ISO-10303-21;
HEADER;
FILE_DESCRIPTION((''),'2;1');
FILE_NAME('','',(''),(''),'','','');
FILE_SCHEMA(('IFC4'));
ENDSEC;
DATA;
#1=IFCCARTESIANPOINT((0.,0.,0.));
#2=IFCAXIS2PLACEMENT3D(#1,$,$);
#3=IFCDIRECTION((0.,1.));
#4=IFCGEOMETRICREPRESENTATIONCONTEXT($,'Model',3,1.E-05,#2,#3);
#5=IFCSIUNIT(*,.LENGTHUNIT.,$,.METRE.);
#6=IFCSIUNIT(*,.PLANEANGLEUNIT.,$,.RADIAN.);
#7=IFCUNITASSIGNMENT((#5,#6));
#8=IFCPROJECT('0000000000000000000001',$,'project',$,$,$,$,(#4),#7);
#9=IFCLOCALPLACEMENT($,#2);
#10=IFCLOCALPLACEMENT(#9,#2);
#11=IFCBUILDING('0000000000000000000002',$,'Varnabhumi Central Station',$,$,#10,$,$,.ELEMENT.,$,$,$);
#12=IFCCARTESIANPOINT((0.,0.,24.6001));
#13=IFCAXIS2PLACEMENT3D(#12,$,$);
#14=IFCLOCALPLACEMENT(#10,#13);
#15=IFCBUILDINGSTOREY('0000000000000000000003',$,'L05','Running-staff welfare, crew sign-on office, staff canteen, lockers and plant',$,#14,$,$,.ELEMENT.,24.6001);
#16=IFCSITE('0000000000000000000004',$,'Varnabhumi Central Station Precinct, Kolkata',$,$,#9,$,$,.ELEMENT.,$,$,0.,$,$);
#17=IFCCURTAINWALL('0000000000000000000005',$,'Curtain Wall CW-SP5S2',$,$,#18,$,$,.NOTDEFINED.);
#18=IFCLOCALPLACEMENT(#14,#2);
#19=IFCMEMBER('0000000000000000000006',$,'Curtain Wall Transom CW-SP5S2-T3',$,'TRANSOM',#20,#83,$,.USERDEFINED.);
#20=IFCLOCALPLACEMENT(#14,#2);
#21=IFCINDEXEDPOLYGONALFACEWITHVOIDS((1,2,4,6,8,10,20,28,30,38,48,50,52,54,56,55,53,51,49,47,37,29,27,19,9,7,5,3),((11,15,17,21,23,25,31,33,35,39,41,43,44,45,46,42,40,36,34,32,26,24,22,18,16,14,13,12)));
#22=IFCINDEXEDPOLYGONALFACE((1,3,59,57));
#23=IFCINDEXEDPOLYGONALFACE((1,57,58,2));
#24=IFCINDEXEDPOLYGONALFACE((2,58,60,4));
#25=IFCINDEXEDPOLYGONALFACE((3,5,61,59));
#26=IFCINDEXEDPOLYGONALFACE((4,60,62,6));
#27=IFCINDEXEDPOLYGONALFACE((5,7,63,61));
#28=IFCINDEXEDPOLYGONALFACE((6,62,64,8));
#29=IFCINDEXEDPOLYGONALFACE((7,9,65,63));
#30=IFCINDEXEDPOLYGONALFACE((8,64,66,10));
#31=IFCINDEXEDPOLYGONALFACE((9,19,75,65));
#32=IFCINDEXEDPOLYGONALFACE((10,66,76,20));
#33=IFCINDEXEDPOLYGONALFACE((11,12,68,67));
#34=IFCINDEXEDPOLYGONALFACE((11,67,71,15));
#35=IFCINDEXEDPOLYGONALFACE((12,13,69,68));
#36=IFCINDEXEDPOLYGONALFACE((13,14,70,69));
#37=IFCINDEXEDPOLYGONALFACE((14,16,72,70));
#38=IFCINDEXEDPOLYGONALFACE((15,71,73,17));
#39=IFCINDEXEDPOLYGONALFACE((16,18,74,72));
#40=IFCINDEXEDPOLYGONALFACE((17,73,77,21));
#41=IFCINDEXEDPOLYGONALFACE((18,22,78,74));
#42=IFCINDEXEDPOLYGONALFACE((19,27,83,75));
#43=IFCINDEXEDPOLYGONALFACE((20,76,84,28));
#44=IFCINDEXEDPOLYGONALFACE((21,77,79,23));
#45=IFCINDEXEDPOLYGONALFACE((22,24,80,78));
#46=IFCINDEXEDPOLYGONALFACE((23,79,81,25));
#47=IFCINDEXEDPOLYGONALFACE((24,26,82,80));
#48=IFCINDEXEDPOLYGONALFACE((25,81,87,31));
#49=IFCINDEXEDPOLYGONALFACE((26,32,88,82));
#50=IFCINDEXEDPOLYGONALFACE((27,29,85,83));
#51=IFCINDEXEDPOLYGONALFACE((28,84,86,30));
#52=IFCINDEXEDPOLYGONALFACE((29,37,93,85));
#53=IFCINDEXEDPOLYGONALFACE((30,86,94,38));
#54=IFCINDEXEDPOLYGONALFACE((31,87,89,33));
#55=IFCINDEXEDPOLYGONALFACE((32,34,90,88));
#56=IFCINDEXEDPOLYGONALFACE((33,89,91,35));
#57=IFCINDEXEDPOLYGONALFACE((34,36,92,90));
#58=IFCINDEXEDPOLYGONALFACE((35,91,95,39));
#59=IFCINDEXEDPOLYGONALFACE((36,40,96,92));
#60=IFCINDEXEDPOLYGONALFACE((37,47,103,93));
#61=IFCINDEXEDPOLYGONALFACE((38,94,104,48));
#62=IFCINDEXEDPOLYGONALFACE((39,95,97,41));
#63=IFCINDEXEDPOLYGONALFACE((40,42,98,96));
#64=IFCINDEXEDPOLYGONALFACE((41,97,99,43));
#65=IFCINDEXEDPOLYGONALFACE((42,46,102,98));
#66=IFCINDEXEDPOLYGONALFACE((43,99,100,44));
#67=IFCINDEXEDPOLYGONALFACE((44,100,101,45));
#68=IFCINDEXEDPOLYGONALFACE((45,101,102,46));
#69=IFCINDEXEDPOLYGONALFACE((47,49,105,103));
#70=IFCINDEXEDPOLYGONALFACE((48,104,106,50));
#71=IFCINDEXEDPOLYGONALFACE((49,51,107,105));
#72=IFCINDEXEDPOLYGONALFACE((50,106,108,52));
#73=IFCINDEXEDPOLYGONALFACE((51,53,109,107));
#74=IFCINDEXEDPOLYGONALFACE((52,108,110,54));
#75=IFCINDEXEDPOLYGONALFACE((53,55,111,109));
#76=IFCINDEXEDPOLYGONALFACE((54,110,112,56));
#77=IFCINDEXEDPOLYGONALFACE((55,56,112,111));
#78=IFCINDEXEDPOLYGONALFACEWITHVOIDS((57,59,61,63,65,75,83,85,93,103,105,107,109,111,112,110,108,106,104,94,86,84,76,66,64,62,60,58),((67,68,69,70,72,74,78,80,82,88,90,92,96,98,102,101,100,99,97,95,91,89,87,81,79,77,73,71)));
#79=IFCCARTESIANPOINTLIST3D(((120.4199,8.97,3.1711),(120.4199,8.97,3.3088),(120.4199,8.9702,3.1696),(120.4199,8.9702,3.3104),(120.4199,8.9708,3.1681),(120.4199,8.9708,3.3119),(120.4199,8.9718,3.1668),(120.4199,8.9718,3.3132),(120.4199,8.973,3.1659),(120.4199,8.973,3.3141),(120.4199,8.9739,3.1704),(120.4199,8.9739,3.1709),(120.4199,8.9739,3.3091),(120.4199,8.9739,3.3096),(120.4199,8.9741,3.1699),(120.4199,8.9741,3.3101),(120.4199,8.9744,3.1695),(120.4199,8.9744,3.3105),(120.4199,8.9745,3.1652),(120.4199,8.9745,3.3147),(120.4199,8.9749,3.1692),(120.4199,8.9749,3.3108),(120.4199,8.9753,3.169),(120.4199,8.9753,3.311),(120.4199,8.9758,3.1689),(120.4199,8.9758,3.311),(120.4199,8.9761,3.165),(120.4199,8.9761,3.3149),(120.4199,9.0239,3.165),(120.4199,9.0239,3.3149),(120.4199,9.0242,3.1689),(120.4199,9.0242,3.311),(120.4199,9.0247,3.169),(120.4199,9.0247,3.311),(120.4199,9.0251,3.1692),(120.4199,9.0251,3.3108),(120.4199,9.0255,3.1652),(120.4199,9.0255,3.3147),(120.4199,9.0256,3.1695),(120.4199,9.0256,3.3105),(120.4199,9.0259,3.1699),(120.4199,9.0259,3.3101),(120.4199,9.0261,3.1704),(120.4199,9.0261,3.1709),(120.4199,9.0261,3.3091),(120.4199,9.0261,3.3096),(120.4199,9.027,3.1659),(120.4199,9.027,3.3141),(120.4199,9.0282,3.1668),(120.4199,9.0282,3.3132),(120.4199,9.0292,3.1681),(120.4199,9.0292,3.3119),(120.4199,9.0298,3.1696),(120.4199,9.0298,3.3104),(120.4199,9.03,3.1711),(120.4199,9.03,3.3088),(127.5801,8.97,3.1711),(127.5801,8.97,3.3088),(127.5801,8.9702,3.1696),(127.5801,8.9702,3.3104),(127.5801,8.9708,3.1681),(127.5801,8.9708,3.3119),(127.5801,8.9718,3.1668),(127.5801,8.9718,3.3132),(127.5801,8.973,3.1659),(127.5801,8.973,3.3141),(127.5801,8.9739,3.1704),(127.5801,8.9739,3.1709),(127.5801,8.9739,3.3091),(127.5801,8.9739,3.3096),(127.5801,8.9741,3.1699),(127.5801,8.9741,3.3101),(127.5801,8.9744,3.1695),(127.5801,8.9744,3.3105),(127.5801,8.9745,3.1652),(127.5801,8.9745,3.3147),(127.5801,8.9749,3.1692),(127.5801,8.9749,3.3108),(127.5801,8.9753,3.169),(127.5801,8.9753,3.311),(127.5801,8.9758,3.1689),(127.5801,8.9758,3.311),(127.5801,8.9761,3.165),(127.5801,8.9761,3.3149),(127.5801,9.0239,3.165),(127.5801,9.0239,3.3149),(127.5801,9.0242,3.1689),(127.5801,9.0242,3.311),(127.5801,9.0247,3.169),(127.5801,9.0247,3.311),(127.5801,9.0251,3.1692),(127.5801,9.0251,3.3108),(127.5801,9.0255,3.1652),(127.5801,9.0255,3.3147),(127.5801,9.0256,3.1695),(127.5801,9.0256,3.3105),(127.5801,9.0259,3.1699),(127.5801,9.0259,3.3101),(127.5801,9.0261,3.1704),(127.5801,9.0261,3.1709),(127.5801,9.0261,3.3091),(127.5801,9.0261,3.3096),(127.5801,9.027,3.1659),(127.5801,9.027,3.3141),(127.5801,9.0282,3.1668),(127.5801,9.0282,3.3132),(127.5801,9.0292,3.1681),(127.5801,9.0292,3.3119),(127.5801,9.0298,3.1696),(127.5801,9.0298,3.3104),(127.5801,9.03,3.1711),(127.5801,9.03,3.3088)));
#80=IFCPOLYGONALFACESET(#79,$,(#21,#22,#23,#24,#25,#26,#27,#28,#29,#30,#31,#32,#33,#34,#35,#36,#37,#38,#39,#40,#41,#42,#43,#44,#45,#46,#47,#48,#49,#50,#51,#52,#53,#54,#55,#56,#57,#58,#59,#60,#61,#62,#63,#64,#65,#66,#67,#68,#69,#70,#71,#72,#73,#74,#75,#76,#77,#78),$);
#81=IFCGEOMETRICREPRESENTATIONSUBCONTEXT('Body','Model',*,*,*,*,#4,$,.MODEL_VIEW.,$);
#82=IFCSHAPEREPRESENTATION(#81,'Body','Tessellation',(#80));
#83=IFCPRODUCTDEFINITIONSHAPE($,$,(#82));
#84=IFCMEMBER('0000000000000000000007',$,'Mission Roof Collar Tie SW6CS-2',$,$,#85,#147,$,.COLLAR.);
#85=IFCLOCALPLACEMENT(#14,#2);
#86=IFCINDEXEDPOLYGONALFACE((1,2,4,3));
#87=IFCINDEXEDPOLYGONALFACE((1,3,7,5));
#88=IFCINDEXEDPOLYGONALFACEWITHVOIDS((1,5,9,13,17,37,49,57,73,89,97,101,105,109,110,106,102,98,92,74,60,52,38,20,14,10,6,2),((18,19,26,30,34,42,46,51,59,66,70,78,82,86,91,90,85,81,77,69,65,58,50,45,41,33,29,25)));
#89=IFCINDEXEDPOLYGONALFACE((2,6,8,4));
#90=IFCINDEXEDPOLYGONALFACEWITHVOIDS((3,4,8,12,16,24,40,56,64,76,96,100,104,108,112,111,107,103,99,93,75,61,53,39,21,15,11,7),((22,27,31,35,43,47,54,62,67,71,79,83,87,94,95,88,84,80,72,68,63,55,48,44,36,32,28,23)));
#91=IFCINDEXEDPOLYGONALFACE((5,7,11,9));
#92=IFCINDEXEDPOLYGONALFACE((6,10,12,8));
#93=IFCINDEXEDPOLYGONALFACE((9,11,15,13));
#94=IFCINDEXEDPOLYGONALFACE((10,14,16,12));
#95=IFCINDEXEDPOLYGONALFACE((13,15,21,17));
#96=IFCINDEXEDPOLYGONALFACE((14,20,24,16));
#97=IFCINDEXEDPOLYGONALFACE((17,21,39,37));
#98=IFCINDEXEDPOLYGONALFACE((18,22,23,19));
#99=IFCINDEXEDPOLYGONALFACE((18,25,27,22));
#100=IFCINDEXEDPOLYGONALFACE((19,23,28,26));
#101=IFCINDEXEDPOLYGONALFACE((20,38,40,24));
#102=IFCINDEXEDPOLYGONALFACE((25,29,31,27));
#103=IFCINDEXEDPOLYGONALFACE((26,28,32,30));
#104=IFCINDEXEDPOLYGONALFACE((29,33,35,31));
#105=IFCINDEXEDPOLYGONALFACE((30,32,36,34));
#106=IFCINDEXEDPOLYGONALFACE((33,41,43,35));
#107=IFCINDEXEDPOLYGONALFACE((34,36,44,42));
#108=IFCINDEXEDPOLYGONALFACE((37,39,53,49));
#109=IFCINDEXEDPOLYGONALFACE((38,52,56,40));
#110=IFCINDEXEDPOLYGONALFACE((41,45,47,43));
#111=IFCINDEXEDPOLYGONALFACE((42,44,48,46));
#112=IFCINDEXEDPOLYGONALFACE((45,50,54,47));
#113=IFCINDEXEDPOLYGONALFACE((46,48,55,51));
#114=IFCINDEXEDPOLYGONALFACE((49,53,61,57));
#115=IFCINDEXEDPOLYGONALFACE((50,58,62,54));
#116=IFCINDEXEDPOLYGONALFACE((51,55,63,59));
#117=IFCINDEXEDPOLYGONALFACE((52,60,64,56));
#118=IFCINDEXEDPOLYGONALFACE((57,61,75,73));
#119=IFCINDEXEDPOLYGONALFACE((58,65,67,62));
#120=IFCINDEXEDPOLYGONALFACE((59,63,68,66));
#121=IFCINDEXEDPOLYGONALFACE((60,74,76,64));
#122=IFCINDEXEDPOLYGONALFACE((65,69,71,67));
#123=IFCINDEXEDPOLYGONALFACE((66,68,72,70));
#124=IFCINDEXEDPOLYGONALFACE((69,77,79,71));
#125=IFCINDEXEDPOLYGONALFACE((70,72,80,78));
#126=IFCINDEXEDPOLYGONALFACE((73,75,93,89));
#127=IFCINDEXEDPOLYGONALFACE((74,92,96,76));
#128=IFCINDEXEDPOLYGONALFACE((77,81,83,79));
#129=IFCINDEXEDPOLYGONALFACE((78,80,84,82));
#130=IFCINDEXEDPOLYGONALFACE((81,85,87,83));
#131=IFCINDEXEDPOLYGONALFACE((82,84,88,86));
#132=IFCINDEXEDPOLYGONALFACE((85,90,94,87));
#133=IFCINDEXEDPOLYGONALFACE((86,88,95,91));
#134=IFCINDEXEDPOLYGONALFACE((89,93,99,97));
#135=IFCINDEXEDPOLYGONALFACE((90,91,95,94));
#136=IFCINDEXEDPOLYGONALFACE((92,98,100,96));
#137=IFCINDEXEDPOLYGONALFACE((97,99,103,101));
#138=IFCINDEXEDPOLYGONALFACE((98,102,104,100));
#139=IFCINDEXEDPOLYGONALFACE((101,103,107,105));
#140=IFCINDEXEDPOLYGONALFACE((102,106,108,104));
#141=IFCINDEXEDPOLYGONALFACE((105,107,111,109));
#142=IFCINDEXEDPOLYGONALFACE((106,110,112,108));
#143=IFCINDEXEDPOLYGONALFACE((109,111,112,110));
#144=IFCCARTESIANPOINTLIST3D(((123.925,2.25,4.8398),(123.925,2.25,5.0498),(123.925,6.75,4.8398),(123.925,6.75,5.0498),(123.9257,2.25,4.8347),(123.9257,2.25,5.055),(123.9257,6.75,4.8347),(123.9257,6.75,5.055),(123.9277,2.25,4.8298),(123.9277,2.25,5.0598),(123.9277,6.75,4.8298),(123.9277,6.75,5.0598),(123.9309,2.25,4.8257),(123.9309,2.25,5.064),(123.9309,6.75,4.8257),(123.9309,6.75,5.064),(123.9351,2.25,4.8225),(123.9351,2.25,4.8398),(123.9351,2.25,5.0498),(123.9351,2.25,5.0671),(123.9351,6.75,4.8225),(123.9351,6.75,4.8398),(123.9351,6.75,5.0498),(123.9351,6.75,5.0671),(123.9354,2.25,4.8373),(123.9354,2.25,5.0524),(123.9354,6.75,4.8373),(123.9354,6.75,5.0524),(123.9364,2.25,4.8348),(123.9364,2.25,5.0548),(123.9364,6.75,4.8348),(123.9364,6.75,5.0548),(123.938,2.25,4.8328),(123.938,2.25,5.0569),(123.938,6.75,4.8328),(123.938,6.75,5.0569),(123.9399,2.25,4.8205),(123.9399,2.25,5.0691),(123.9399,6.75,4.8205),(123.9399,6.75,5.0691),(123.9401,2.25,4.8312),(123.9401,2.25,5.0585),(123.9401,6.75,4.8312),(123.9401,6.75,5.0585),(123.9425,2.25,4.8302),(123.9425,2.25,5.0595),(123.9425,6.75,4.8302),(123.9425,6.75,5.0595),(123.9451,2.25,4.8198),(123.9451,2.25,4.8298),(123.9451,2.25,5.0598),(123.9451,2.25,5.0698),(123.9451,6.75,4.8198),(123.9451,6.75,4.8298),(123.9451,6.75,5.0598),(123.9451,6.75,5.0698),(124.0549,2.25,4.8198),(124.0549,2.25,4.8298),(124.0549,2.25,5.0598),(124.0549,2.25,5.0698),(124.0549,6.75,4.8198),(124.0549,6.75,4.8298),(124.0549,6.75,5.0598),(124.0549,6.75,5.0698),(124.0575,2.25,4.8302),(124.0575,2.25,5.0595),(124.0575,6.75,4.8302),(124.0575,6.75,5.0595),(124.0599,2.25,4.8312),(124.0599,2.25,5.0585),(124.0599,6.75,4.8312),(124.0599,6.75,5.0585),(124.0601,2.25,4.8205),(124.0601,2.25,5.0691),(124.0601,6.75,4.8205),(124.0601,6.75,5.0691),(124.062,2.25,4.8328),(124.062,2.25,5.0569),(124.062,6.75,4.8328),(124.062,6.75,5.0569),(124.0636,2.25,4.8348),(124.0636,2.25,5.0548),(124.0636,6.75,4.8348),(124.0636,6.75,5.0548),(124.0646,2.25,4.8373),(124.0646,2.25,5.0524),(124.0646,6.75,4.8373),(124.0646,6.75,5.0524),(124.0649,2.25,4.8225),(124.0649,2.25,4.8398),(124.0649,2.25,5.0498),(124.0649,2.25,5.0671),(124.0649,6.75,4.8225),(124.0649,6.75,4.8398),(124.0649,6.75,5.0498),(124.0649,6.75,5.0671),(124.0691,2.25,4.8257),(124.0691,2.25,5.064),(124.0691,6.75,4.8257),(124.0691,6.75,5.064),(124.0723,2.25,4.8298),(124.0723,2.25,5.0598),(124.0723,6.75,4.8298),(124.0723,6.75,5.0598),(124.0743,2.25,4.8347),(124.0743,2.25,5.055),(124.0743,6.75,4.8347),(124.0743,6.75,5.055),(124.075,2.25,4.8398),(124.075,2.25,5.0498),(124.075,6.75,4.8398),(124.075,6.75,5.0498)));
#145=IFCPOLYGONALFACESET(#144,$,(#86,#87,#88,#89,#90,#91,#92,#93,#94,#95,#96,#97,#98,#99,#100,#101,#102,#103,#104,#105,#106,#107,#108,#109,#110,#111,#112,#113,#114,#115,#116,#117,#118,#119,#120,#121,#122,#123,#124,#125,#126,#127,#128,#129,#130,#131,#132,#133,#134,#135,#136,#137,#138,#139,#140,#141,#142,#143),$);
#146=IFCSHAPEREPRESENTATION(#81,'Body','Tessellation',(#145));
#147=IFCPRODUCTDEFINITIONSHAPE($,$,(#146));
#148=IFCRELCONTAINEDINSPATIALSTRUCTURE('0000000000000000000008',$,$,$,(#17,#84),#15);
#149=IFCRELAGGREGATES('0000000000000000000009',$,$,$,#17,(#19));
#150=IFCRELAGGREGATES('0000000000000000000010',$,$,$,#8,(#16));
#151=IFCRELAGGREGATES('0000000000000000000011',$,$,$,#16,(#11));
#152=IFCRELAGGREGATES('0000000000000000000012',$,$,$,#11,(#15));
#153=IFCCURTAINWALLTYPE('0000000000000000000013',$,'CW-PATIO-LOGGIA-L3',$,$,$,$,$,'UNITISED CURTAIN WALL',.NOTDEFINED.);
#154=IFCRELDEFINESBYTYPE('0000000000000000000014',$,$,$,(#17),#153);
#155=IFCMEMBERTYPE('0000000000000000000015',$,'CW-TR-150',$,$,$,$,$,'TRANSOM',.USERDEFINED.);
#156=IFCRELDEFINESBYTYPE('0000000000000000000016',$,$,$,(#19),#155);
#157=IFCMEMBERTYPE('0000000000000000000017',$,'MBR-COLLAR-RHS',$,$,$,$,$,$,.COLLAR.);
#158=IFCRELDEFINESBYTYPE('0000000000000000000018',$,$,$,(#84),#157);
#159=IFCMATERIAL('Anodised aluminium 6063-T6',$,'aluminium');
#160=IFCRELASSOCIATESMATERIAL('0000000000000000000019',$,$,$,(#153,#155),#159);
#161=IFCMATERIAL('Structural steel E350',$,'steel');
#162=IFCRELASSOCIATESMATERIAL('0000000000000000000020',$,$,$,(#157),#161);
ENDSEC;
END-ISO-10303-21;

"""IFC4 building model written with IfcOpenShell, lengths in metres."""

from ifc_helpers import new_model, si_unit, direction, frame, origin, origin_2d, place, context, subcontext, project, spatial, hollow_rectangle, extrude, material, material_profile, profile_set, type_object, element, aggregate, save


model = new_model("IFC4")

# Units and contexts
model_context = context("Model", 3, precision=1e-05, world=origin(), true_north=direction((0.0, 1.0)))
body_context = subcontext(model_context, "Body", "Model", "MODEL_VIEW")
ifc_project = project(units=[si_unit("LENGTHUNIT", "METRE"), si_unit("PLANEANGLEUNIT", "RADIAN")], contexts=[model_context])

# Site, building, storey
site_placement = place(None, origin())
site = spatial("IfcSite", under=ifc_project, at=site_placement, Name="Varnabhumi Central Station Precinct, Kolkata", CompositionType="ELEMENT", RefElevation=0.0)
building_placement = place(site_placement, origin())
building = spatial("IfcBuilding", under=site, at=building_placement, Name="Varnabhumi Central Station", CompositionType="ELEMENT")
storey_placement = place(building_placement, frame((0.0, 0.0, 24.6001)))
storey = spatial("IfcBuildingStorey", under=building, at=storey_placement, Name="L05", Description="Running-staff welfare, crew sign-on office, staff canteen, lockers and plant", CompositionType="ELEMENT", Elevation=24.6001)

# Shared definitions
ifc_material_1 = material(Name="Structural steel E350", Category="steel")

# Curtain wall, member
ifc_material_2 = material(Name="Anodised aluminium 6063-T6", Category="aluminium")
curtain_wall_type = type_object("IfcCurtainWallType", Name="CW-PATIO-LOGGIA-L3", ElementType="UNITISED CURTAIN WALL", PredefinedType="NOTDEFINED", material=ifc_material_2)
curtain_wall_placement = place(storey_placement, origin())
curtain_wall = element("IfcCurtainWall", 1, at=curtain_wall_placement, inside=storey, type_object=curtain_wall_type, Name="Curtain Wall CW-SP5S2", PredefinedType="NOTDEFINED")
ifc_material_profile_1 = material_profile(ifc_material_2, hollow_rectangle(XDim=0.0601, YDim=0.1499, WallThickness=0.0039, InnerFilletRadius=0.002, OuterFilletRadius=0.0061, at=origin_2d()), Name="Anodised aluminium 6063-T6", Category="aluminium")
ifc_profile_set_1 = profile_set([ifc_material_profile_1], Name="Anodised aluminium 6063-T6")
member_type_1 = type_object("IfcMemberType", Name="CW-TR-150", ElementType="TRANSOM", PredefinedType="USERDEFINED", material=ifc_profile_set_1)
member_1_placement = place(storey_placement, frame((120.4199, 9.0, 3.24), z_axis=(1.0, 0.0, 0.0), x_axis=(0.0, 1.0, 0.0)))
member_1 = element("IfcMember", 2, at=member_1_placement, type_object=member_type_1, Name="Curtain Wall Transom CW-SP5S2-T3", ObjectType="TRANSOM", PredefinedType="USERDEFINED", context=body_context, shape_type="SweptSolid", body=[
    extrude(hollow_rectangle(XDim=0.0601, YDim=0.1499, WallThickness=0.0039, InnerFilletRadius=0.002, OuterFilletRadius=0.0061, at=origin_2d()), origin(), (0.0, 0.0, 1.0), 7.1602),
])

# Member
ifc_material_profile_2 = material_profile(ifc_material_1, hollow_rectangle(XDim=0.1499, YDim=0.25, WallThickness=0.01, InnerFilletRadius=0.01, OuterFilletRadius=0.02, at=origin_2d()), Name="Structural steel E350", Category="steel")
ifc_profile_set_2 = profile_set([ifc_material_profile_2], Name="Structural steel E350")
member_type_2 = type_object("IfcMemberType", Name="MBR-COLLAR-RHS", PredefinedType="COLLAR", material=ifc_profile_set_2)
member_2_placement = place(storey_placement, frame((124.0, 2.25, 4.9448), z_axis=(0.0, 1.0, 0.0), x_axis=(-1.0, 0.0, 0.0)))
element("IfcMember", 3, at=member_2_placement, inside=storey, type_object=member_type_2, Name="Mission Roof Collar Tie SW6CS-2", PredefinedType="COLLAR", context=body_context, shape_type="SweptSolid", body=[
    extrude(hollow_rectangle(XDim=0.1499, YDim=0.25, WallThickness=0.01, InnerFilletRadius=0.01, OuterFilletRadius=0.02, at=origin_2d()), origin(), (0.0, 0.0, 1.0), 4.5),
])

aggregate(curtain_wall, [member_1])

save(model, "model.ifc")
